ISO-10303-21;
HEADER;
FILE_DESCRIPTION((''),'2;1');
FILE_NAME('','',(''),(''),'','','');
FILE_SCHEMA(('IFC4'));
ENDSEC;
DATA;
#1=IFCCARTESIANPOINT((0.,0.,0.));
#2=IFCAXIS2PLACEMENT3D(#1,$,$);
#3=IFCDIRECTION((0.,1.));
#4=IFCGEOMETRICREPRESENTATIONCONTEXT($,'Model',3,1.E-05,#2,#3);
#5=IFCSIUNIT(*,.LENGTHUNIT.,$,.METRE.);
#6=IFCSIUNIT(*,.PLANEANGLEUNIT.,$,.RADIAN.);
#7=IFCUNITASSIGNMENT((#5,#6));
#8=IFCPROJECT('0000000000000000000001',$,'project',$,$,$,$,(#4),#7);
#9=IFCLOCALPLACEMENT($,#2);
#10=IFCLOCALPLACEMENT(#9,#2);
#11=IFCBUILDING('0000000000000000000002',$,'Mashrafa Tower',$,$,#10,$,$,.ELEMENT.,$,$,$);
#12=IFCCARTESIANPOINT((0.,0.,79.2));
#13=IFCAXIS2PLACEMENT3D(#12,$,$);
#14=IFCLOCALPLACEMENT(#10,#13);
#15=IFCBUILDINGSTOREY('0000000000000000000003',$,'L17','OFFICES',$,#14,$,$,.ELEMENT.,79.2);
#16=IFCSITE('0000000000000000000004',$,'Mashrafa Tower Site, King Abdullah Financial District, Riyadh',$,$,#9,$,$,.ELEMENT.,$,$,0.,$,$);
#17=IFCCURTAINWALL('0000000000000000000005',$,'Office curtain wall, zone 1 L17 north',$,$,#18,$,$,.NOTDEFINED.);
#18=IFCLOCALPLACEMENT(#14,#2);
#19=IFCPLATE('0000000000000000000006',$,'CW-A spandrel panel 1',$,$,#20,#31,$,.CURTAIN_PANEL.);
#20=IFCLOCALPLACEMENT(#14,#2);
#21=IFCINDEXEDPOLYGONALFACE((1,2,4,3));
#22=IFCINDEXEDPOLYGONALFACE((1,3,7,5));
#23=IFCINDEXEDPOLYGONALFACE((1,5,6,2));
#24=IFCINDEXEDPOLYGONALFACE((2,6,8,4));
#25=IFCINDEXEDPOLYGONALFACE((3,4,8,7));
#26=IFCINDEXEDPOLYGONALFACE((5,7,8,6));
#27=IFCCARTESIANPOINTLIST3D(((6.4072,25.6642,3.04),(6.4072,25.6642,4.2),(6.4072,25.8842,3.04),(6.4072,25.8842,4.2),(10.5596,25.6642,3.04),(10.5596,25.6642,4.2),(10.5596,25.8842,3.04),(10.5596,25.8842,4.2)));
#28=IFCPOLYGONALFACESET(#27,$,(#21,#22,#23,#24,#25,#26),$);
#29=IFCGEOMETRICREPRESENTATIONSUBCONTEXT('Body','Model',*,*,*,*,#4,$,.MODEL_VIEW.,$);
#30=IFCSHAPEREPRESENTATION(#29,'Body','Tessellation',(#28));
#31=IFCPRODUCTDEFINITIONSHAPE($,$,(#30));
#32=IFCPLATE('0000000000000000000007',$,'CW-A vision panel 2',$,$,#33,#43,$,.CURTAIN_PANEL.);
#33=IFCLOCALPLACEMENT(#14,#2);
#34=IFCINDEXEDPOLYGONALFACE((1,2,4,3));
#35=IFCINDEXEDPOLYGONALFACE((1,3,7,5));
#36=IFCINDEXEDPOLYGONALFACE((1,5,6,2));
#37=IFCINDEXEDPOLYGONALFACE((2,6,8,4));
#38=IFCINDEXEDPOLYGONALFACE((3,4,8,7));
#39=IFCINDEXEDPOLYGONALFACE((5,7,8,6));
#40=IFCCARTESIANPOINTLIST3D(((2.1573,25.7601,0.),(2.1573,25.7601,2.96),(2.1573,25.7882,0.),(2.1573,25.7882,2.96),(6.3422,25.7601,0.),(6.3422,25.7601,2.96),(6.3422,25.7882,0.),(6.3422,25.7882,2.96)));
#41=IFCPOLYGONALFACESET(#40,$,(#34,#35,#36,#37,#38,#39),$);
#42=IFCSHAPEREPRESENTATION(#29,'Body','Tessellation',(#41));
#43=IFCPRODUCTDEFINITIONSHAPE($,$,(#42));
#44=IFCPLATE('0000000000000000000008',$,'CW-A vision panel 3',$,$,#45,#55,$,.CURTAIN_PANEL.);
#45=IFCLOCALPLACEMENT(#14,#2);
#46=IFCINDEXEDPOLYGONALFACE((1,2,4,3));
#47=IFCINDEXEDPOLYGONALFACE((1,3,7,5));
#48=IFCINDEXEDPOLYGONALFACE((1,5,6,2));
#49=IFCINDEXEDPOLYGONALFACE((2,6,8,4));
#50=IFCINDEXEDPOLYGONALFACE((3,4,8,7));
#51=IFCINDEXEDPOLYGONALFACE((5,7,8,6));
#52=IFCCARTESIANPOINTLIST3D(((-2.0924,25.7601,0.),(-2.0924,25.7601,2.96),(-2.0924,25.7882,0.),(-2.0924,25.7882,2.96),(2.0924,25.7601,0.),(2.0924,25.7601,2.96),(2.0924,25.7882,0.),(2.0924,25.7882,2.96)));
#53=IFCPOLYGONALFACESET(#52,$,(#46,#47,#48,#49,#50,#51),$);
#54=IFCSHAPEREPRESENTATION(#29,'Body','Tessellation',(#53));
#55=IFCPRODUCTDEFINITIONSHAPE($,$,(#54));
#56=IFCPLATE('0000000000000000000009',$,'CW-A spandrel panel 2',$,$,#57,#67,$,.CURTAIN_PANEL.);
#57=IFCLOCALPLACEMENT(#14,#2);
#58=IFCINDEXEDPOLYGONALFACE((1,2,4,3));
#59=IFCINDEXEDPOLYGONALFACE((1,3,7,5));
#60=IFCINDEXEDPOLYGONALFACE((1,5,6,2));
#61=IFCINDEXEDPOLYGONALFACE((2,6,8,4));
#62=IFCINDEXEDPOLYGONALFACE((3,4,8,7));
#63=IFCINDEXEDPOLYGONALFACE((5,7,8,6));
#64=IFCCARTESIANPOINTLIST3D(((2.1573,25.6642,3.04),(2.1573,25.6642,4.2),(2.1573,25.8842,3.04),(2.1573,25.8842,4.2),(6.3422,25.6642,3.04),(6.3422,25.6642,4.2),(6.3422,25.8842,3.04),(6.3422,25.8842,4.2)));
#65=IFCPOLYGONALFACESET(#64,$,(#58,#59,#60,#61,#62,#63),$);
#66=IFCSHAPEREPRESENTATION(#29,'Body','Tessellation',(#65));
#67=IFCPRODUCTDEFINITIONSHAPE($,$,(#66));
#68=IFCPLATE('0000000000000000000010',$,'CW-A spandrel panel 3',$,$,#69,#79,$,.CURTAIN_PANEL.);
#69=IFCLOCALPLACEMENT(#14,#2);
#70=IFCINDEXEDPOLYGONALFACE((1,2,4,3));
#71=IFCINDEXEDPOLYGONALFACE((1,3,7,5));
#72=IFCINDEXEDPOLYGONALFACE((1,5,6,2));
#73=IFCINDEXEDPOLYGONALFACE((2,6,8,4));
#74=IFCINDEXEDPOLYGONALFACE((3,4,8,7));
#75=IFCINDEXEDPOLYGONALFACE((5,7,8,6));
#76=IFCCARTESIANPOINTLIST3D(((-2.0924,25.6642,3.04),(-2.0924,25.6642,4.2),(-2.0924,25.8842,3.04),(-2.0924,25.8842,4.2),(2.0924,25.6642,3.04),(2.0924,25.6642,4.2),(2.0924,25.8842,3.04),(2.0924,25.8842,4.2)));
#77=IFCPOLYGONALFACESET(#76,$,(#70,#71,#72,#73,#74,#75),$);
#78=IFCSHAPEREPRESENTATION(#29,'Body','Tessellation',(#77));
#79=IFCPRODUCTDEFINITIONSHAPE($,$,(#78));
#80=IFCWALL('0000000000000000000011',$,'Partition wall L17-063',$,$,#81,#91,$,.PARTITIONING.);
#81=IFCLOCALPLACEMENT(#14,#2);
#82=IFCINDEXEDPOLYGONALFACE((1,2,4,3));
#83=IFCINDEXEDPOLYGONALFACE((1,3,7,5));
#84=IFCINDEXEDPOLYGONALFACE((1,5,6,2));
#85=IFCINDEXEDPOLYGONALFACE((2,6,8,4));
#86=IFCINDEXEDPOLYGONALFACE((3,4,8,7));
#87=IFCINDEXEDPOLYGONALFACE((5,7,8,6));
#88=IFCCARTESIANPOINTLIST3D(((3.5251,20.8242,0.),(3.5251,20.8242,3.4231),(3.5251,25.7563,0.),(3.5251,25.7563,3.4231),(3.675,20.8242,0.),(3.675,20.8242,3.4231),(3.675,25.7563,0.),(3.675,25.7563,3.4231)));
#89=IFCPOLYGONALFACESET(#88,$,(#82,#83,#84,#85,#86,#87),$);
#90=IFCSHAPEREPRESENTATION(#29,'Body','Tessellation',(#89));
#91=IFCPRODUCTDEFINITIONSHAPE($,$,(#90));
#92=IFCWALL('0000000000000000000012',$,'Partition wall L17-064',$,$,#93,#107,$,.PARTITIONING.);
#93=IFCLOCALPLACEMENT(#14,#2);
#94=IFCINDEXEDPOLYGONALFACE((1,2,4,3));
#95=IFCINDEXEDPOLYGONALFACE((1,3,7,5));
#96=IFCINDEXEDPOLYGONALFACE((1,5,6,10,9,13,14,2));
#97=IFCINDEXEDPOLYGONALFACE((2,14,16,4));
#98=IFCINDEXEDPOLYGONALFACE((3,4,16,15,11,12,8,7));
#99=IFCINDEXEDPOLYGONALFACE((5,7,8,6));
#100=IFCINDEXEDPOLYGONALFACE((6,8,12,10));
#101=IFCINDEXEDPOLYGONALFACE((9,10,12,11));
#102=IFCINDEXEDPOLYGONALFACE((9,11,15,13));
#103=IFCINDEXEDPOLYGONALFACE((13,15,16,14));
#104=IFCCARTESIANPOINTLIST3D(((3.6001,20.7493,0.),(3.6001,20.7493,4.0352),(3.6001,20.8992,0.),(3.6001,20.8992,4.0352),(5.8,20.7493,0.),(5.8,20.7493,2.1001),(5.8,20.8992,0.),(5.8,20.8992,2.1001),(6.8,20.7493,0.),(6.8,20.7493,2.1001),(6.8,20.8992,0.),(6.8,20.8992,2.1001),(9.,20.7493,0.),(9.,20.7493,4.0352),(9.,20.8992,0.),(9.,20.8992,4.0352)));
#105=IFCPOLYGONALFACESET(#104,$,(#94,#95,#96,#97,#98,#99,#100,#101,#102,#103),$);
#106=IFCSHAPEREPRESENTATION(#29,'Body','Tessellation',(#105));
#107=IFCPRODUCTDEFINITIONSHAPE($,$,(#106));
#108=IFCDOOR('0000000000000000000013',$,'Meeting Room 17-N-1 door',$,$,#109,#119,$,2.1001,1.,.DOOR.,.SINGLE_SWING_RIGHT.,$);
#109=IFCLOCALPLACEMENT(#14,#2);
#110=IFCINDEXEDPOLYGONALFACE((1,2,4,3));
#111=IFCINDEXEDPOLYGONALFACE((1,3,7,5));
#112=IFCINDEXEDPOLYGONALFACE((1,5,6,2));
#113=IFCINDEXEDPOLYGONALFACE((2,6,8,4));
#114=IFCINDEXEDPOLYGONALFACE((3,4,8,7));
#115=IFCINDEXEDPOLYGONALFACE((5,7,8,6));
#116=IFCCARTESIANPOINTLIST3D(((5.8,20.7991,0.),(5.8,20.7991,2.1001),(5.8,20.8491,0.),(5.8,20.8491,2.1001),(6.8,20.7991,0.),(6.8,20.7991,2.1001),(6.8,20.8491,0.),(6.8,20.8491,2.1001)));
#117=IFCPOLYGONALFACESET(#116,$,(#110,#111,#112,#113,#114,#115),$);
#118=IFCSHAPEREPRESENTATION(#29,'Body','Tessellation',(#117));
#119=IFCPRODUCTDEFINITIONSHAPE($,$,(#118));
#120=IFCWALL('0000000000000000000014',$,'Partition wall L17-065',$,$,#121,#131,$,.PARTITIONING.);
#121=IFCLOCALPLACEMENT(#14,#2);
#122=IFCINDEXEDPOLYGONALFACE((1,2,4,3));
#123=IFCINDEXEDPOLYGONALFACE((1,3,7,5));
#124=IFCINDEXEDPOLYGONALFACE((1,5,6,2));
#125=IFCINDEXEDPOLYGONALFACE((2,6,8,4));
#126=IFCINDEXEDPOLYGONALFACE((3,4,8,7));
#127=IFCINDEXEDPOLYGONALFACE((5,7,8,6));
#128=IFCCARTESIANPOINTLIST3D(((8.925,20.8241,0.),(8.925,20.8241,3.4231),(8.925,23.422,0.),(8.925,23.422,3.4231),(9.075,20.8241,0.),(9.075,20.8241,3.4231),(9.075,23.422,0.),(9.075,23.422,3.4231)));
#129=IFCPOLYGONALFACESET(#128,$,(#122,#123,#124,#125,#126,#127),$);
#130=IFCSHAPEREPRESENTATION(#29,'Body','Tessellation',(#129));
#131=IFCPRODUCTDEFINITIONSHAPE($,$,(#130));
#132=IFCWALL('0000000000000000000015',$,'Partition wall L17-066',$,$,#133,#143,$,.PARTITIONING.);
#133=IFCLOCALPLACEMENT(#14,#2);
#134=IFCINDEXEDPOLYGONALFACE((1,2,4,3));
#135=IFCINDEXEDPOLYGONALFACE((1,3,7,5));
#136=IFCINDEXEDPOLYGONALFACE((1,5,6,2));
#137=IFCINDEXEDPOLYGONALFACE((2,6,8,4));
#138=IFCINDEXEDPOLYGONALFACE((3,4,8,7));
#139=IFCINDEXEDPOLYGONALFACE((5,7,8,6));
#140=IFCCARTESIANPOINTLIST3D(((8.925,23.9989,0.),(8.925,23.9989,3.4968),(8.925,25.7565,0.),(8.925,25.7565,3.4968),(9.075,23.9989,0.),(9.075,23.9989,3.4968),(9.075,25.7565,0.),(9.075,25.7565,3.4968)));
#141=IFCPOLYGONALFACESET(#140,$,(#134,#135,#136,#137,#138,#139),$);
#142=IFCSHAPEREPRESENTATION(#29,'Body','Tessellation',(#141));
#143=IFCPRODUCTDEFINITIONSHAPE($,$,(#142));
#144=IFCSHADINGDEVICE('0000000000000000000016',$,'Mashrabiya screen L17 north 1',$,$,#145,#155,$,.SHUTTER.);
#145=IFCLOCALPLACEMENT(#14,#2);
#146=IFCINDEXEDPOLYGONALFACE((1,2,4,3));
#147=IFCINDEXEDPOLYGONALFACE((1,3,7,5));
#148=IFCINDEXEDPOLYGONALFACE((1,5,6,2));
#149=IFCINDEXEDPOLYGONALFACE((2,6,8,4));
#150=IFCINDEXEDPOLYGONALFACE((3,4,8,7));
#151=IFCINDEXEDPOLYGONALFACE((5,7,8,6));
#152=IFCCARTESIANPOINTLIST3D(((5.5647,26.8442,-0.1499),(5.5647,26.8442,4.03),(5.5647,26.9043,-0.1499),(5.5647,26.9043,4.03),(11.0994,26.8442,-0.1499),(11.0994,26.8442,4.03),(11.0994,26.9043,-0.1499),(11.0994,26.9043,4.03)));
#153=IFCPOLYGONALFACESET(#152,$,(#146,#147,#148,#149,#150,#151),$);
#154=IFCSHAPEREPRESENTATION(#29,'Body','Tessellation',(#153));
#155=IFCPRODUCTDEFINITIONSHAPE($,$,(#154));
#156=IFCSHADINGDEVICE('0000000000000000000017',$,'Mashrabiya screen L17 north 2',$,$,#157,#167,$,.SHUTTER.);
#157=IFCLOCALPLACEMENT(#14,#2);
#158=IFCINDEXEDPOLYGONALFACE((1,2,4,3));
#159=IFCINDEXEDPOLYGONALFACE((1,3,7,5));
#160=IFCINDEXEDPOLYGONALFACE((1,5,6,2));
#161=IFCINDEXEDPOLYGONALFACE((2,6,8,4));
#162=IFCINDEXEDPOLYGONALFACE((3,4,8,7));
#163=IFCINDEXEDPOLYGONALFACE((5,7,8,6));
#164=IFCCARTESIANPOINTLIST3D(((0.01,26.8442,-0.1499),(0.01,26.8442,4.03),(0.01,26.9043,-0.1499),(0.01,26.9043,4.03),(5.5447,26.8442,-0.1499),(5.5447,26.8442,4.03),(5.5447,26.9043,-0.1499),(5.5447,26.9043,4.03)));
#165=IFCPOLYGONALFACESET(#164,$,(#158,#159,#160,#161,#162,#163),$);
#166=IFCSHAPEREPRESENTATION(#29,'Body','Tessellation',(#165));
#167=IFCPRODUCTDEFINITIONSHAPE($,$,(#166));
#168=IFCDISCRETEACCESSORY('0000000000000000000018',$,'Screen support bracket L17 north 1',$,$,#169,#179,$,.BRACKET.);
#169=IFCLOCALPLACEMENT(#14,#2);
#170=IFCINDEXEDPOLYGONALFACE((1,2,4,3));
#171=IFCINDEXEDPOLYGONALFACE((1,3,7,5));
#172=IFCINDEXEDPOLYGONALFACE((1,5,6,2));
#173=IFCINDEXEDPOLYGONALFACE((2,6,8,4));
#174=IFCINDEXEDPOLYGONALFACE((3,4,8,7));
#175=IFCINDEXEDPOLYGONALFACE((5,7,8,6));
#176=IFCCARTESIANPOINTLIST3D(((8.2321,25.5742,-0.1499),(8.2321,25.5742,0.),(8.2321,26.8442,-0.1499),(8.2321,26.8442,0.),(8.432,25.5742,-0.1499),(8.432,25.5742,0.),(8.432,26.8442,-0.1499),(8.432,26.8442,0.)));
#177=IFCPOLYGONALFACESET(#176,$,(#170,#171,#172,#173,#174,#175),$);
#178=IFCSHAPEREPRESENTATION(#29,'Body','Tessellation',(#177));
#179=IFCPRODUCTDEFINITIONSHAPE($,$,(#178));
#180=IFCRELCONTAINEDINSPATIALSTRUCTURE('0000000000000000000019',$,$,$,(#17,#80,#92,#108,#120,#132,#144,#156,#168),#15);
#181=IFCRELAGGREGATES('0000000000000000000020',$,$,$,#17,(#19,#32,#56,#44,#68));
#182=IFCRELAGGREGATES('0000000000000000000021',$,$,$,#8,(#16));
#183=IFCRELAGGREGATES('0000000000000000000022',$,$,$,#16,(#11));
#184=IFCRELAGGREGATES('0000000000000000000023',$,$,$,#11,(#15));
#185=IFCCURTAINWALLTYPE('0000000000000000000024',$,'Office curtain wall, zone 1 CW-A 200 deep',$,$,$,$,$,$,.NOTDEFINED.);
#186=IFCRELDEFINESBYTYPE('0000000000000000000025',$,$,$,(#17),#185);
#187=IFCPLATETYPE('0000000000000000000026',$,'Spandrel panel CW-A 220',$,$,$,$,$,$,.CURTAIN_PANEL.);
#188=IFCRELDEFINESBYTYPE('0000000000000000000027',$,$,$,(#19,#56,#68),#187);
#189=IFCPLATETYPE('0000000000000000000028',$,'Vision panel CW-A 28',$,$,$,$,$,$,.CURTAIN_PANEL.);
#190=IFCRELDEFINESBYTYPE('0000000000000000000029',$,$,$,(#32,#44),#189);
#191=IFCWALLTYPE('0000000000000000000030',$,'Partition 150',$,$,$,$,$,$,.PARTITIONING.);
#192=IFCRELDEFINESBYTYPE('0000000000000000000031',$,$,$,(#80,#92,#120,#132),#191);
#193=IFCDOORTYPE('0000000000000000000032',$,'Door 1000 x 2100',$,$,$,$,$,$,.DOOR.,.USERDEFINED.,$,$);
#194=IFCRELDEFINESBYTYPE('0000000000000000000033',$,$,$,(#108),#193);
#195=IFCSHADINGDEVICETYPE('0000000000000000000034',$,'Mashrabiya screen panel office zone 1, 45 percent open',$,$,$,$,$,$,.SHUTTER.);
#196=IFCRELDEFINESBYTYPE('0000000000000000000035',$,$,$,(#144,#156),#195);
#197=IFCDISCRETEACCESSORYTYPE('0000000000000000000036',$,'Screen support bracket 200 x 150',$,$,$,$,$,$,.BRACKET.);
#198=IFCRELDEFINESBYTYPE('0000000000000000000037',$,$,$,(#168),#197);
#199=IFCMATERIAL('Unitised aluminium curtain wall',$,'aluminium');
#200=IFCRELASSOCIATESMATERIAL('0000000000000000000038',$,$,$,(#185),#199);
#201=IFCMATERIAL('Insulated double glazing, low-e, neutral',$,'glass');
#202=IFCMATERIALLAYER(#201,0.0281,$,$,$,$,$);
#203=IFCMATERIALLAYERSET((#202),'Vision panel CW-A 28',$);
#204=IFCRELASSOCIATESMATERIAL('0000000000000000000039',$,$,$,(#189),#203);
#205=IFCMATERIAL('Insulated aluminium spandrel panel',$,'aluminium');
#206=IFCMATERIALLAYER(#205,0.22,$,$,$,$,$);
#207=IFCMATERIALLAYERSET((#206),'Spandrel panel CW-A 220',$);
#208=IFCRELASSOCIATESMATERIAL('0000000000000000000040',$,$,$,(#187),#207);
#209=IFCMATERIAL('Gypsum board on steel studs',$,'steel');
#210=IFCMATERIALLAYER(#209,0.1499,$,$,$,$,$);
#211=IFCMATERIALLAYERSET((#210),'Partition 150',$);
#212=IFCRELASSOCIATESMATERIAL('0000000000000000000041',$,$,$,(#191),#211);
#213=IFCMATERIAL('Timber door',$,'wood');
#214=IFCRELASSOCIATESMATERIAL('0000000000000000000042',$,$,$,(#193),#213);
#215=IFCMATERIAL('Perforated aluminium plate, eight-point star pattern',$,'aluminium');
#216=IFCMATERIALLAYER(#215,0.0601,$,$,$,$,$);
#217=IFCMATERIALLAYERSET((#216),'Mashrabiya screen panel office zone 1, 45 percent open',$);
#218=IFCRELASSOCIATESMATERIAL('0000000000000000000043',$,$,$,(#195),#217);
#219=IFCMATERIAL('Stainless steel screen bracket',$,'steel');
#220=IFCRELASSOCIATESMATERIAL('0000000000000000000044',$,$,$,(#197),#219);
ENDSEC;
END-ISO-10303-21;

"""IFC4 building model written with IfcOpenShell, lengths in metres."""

from ifc_helpers import new_model, si_unit, direction, frame, frame_2d, origin, origin_2d, place, context, subcontext, project, spatial, rectangle, extrude, source, transform, mapped, material, layer, layer_set, type_object, type_shapes, element, fill, aggregate, save


model = new_model("IFC4")

# Units and contexts
model_context = context("Model", 3, precision=1e-05, world=origin(), true_north=direction((0.0, 1.0)))
body_context = subcontext(model_context, "Body", "Model", "MODEL_VIEW")
ifc_project = project(units=[si_unit("LENGTHUNIT", "METRE"), si_unit("PLANEANGLEUNIT", "RADIAN")], contexts=[model_context])

# Site, building, storey
site_placement = place(None, origin())
site = spatial("IfcSite", under=ifc_project, at=site_placement, Name="Mashrafa Tower Site, King Abdullah Financial District, Riyadh", CompositionType="ELEMENT", RefElevation=0.0)
building_placement = place(site_placement, origin())
building = spatial("IfcBuilding", under=site, at=building_placement, Name="Mashrafa Tower", CompositionType="ELEMENT")
storey_placement = place(building_placement, frame((0.0, 0.0, 79.2)))
storey = spatial("IfcBuildingStorey", under=building, at=storey_placement, Name="L17", Description="OFFICES", CompositionType="ELEMENT", Elevation=79.2)

# Shared definitions
ifc_material_1 = material(Name="Unitised aluminium curtain wall", Category="aluminium")
curtain_wall_type = type_object("IfcCurtainWallType", Name="Office curtain wall, zone 1 CW-A 200 deep", PredefinedType="NOTDEFINED", material=ifc_material_1)

# Curtain wall
curtain_wall_1_placement = place(storey_placement, origin())
curtain_wall_1 = element("IfcCurtainWall", 1, at=curtain_wall_1_placement, inside=storey, type_object=curtain_wall_type, Name="Office curtain wall, zone 1 L17 north", PredefinedType="NOTDEFINED")

# Plates
ifc_material_2 = material(Name="Insulated double glazing, low-e, neutral", Category="glass")
ifc_layer_1 = layer(ifc_material_2, 0.0281)
ifc_layer_set_1 = layer_set([ifc_layer_1], Name="Vision panel CW-A 28")
plate_type_1 = type_object("IfcPlateType", Name="Vision panel CW-A 28", PredefinedType="CURTAIN_PANEL", material=ifc_layer_set_1)
ifc_material_3 = material(Name="Insulated aluminium spandrel panel", Category="aluminium")
ifc_layer_2 = layer(ifc_material_3, 0.22)
ifc_layer_set_2 = layer_set([ifc_layer_2], Name="Spandrel panel CW-A 220")
plate_type_2 = type_object("IfcPlateType", Name="Spandrel panel CW-A 220", PredefinedType="CURTAIN_PANEL", material=ifc_layer_set_2)
shared_shape_1 = source(origin(), body_context, "Body", "SweptSolid", [
    extrude(rectangle(XDim=4.1523, YDim=0.22, at=origin_2d()), origin(), (0.0, 0.0, 1.0), 1.1599),
])
plate_1_placement = place(storey_placement, frame((8.4834, 25.7742, 3.04), z_axis=(0.0, 0.0, 1.0), x_axis=(-1.0, 0.0, 0.0)))
plate_1 = element("IfcPlate", 2, at=plate_1_placement, type_object=plate_type_2, Name="CW-A spandrel panel 1", PredefinedType="CURTAIN_PANEL", context=body_context, shape_type="MappedRepresentation", body=[
    mapped(shared_shape_1, transform((0.0, 0.0, 0.0))),
])
shared_shape_2 = source(origin(), body_context, "Body", "SweptSolid", [
    extrude(rectangle(XDim=4.1848, YDim=0.0281, at=origin_2d()), origin(), (0.0, 0.0, 1.0), 2.96),
])
plate_2_placement = place(storey_placement, frame((4.2498, 25.7742, 0.0), z_axis=(0.0, 0.0, 1.0), x_axis=(-1.0, 0.0, 0.0)))
plate_2 = element("IfcPlate", 3, at=plate_2_placement, type_object=plate_type_1, Name="CW-A vision panel 2", PredefinedType="CURTAIN_PANEL", context=body_context, shape_type="MappedRepresentation", body=[
    mapped(shared_shape_2, transform((0.0, 0.0, 0.0))),
])
plate_3_placement = place(storey_placement, frame((0.0, 25.7742, 0.0), z_axis=(0.0, 0.0, 1.0), x_axis=(-1.0, 0.0, 0.0)))
plate_3 = element("IfcPlate", 4, at=plate_3_placement, type_object=plate_type_1, Name="CW-A vision panel 3", PredefinedType="CURTAIN_PANEL", context=body_context, shape_type="MappedRepresentation", body=[
    mapped(shared_shape_2, transform((0.0, 0.0, 0.0))),
])
shared_shape_3 = source(origin(), body_context, "Body", "SweptSolid", [
    extrude(rectangle(XDim=4.1848, YDim=0.22, at=origin_2d()), origin(), (0.0, 0.0, 1.0), 1.1599),
])
type_shapes(plate_type_2, [shared_shape_1, shared_shape_3])
plate_4_placement = place(storey_placement, frame((4.2498, 25.7742, 3.04), z_axis=(0.0, 0.0, 1.0), x_axis=(-1.0, 0.0, 0.0)))
plate_4 = element("IfcPlate", 5, at=plate_4_placement, type_object=plate_type_2, Name="CW-A spandrel panel 2", PredefinedType="CURTAIN_PANEL", context=body_context, shape_type="MappedRepresentation", body=[
    mapped(shared_shape_3, transform((0.0, 0.0, 0.0))),
])
plate_5_placement = place(storey_placement, frame((0.0, 25.7742, 3.04), z_axis=(0.0, 0.0, 1.0), x_axis=(-1.0, 0.0, 0.0)))
plate_5 = element("IfcPlate", 6, at=plate_5_placement, type_object=plate_type_2, Name="CW-A spandrel panel 3", PredefinedType="CURTAIN_PANEL", context=body_context, shape_type="MappedRepresentation", body=[
    mapped(shared_shape_3, transform((0.0, 0.0, 0.0))),
])
aggregate(curtain_wall_1, [plate_1, plate_2, plate_4, plate_3, plate_5])

# Wall
ifc_material_4 = material(Name="Gypsum board on steel studs", Category="steel")
ifc_layer_3 = layer(ifc_material_4, 0.1499)
ifc_layer_set_3 = layer_set([ifc_layer_3], Name="Partition 150")
wall_type_1 = type_object("IfcWallType", Name="Partition 150", PredefinedType="PARTITIONING", material=ifc_layer_set_3)
wall_1_placement = place(storey_placement, frame((3.6001, 25.7563, 0.0), z_axis=(0.0, 0.0, 1.0), x_axis=(0.0, -1.0, 0.0)))
element("IfcWall", 7, at=wall_1_placement, inside=storey, type_object=wall_type_1, Name="Partition wall L17-063", PredefinedType="PARTITIONING", context=body_context, shape_type="SweptSolid", body=[
    extrude(rectangle(XDim=4.9321, YDim=0.1499, at=frame_2d((2.4661, 0.0))), origin(), (0.0, 0.0, 1.0), 3.4231),
])

# Wall, opening, door
wall_2_placement = place(storey_placement, frame((3.6001, 20.8242, 0.0), z_axis=(0.0, 0.0, 1.0), x_axis=(1.0, 0.0, 0.0)))
wall_2 = element("IfcWall", 8, at=wall_2_placement, inside=storey, type_object=wall_type_1, Name="Partition wall L17-064", PredefinedType="PARTITIONING", context=body_context, shape_type="SweptSolid", body=[
    extrude(rectangle(XDim=5.3999, YDim=0.1499, at=frame_2d((2.7, 0.0))), origin(), (0.0, 0.0, 1.0), 4.0352),
])
opening_1_placement = place(wall_2_placement, frame((2.2, 0.0, 0.0)))
opening_1 = element("IfcOpeningElement", 9, at=opening_1_placement, cuts=wall_2, PredefinedType="OPENING", context=body_context, shape_type="SweptSolid", body=[
    extrude(rectangle(XDim=1.0, YDim=2.1001, at=frame_2d((0.5, 1.05))), frame((0.0, 0.085, 0.0), z_axis=(0.0, -1.0, 0.0), x_axis=(1.0, 0.0, 0.0)), (0.0, 0.0, 1.0), 0.1699),
])
ifc_material_5 = material(Name="Timber door", Category="wood")
door_type_1 = type_object("IfcDoorType", Name="Door 1000 x 2100", OperationType="USERDEFINED", PredefinedType="DOOR", material=ifc_material_5)
door_1_placement = place(opening_1_placement, origin())
door_1 = element("IfcDoor", 10, at=door_1_placement, inside=storey, type_object=door_type_1, Name="Meeting Room 17-N-1 door", OperationType="SINGLE_SWING_RIGHT", OverallHeight=2.1001, OverallWidth=1.0, PredefinedType="DOOR", context=body_context, shape_type="SweptSolid", body=[
    extrude(rectangle(XDim=1.0, YDim=2.1001, at=frame_2d((0.5, 1.05))), frame((0.0, 0.0249, 0.0), z_axis=(0.0, -1.0, 0.0), x_axis=(1.0, 0.0, 0.0)), (0.0, 0.0, 1.0), 0.05),
])
fill(opening_1, door_1)

# Walls
wall_3_placement = place(storey_placement, frame((9.0, 20.8242, 0.0), z_axis=(0.0, 0.0, 1.0), x_axis=(0.0, 1.0, 0.0)))
element("IfcWall", 11, at=wall_3_placement, inside=storey, type_object=wall_type_1, Name="Partition wall L17-065", PredefinedType="PARTITIONING", context=body_context, shape_type="SweptSolid", body=[
    extrude(rectangle(XDim=2.5979, YDim=0.1499, at=frame_2d((1.2988, 0.0))), origin(), (0.0, 0.0, 1.0), 3.4231),
])
wall_4_placement = place(storey_placement, frame((9.0, 23.9988, 0.0), z_axis=(0.0, 0.0, 1.0), x_axis=(0.0, 1.0, 0.0)))
element("IfcWall", 12, at=wall_4_placement, inside=storey, type_object=wall_type_1, Name="Partition wall L17-066", PredefinedType="PARTITIONING", context=body_context, shape_type="SweptSolid", body=[
    extrude(rectangle(XDim=1.7576, YDim=0.1499, at=frame_2d((0.8789, 0.0))), origin(), (0.0, 0.0, 1.0), 3.4968),
])

# Shading devices
ifc_material_6 = material(Name="Perforated aluminium plate, eight-point star pattern", Category="aluminium")
ifc_layer_4 = layer(ifc_material_6, 0.0601)
ifc_layer_set_4 = layer_set([ifc_layer_4], Name="Mashrabiya screen panel office zone 1, 45 percent open")
shading_device_type = type_object("IfcShadingDeviceType", Name="Mashrabiya screen panel office zone 1, 45 percent open", PredefinedType="SHUTTER", material=ifc_layer_set_4)
shared_shape_4 = source(origin(), body_context, "Body", "SweptSolid", [
    extrude(rectangle(XDim=5.5347, YDim=0.0601, at=origin_2d()), origin(), (0.0, 0.0, 1.0), 4.1799),
])
type_shapes(shading_device_type, [shared_shape_4])
for number, where, z_axis, x_axis, name in (
    (13, (8.332, 26.8743, -0.1499), (0.0, 0.0, 1.0), (-1.0, 0.0, 0.0), "Mashrabiya screen L17 north 1"),
    (14, (2.7773, 26.8743, -0.1499), (0.0, 0.0, 1.0), (-1.0, 0.0, 0.0), "Mashrabiya screen L17 north 2"),
):
    element("IfcShadingDevice", number, at=place(storey_placement, frame(where, z_axis=z_axis, x_axis=x_axis)), inside=storey, type_object=shading_device_type, Name=name, PredefinedType="SHUTTER", context=body_context, shape_type="MappedRepresentation", body=[
        mapped(shared_shape_4, transform((0.0, 0.0, 0.0))),
    ])

# Discrete accessory
ifc_material_7 = material(Name="Stainless steel screen bracket", Category="steel")
discrete_accessory_type = type_object("IfcDiscreteAccessoryType", Name="Screen support bracket 200 x 150", PredefinedType="BRACKET", material=ifc_material_7)
shared_shape_5 = source(origin(), body_context, "Body", "SweptSolid", [
    extrude(rectangle(XDim=0.2, YDim=1.27, at=origin_2d()), origin(), (0.0, 0.0, 1.0), 0.1499),
])
type_shapes(discrete_accessory_type, [shared_shape_5])
for number, where, z_axis, x_axis, name in (
    (15, (8.332, 26.2092, -0.1499), (0.0, 0.0, 1.0), (-1.0, 0.0, 0.0), "Screen support bracket L17 north 1"),
):
    element("IfcDiscreteAccessory", number, at=place(storey_placement, frame(where, z_axis=z_axis, x_axis=x_axis)), inside=storey, type_object=discrete_accessory_type, Name=name, PredefinedType="BRACKET", context=body_context, shape_type="MappedRepresentation", body=[
        mapped(shared_shape_5, transform((0.0, 0.0, 0.0))),
    ])

save(model, "model.ifc")
